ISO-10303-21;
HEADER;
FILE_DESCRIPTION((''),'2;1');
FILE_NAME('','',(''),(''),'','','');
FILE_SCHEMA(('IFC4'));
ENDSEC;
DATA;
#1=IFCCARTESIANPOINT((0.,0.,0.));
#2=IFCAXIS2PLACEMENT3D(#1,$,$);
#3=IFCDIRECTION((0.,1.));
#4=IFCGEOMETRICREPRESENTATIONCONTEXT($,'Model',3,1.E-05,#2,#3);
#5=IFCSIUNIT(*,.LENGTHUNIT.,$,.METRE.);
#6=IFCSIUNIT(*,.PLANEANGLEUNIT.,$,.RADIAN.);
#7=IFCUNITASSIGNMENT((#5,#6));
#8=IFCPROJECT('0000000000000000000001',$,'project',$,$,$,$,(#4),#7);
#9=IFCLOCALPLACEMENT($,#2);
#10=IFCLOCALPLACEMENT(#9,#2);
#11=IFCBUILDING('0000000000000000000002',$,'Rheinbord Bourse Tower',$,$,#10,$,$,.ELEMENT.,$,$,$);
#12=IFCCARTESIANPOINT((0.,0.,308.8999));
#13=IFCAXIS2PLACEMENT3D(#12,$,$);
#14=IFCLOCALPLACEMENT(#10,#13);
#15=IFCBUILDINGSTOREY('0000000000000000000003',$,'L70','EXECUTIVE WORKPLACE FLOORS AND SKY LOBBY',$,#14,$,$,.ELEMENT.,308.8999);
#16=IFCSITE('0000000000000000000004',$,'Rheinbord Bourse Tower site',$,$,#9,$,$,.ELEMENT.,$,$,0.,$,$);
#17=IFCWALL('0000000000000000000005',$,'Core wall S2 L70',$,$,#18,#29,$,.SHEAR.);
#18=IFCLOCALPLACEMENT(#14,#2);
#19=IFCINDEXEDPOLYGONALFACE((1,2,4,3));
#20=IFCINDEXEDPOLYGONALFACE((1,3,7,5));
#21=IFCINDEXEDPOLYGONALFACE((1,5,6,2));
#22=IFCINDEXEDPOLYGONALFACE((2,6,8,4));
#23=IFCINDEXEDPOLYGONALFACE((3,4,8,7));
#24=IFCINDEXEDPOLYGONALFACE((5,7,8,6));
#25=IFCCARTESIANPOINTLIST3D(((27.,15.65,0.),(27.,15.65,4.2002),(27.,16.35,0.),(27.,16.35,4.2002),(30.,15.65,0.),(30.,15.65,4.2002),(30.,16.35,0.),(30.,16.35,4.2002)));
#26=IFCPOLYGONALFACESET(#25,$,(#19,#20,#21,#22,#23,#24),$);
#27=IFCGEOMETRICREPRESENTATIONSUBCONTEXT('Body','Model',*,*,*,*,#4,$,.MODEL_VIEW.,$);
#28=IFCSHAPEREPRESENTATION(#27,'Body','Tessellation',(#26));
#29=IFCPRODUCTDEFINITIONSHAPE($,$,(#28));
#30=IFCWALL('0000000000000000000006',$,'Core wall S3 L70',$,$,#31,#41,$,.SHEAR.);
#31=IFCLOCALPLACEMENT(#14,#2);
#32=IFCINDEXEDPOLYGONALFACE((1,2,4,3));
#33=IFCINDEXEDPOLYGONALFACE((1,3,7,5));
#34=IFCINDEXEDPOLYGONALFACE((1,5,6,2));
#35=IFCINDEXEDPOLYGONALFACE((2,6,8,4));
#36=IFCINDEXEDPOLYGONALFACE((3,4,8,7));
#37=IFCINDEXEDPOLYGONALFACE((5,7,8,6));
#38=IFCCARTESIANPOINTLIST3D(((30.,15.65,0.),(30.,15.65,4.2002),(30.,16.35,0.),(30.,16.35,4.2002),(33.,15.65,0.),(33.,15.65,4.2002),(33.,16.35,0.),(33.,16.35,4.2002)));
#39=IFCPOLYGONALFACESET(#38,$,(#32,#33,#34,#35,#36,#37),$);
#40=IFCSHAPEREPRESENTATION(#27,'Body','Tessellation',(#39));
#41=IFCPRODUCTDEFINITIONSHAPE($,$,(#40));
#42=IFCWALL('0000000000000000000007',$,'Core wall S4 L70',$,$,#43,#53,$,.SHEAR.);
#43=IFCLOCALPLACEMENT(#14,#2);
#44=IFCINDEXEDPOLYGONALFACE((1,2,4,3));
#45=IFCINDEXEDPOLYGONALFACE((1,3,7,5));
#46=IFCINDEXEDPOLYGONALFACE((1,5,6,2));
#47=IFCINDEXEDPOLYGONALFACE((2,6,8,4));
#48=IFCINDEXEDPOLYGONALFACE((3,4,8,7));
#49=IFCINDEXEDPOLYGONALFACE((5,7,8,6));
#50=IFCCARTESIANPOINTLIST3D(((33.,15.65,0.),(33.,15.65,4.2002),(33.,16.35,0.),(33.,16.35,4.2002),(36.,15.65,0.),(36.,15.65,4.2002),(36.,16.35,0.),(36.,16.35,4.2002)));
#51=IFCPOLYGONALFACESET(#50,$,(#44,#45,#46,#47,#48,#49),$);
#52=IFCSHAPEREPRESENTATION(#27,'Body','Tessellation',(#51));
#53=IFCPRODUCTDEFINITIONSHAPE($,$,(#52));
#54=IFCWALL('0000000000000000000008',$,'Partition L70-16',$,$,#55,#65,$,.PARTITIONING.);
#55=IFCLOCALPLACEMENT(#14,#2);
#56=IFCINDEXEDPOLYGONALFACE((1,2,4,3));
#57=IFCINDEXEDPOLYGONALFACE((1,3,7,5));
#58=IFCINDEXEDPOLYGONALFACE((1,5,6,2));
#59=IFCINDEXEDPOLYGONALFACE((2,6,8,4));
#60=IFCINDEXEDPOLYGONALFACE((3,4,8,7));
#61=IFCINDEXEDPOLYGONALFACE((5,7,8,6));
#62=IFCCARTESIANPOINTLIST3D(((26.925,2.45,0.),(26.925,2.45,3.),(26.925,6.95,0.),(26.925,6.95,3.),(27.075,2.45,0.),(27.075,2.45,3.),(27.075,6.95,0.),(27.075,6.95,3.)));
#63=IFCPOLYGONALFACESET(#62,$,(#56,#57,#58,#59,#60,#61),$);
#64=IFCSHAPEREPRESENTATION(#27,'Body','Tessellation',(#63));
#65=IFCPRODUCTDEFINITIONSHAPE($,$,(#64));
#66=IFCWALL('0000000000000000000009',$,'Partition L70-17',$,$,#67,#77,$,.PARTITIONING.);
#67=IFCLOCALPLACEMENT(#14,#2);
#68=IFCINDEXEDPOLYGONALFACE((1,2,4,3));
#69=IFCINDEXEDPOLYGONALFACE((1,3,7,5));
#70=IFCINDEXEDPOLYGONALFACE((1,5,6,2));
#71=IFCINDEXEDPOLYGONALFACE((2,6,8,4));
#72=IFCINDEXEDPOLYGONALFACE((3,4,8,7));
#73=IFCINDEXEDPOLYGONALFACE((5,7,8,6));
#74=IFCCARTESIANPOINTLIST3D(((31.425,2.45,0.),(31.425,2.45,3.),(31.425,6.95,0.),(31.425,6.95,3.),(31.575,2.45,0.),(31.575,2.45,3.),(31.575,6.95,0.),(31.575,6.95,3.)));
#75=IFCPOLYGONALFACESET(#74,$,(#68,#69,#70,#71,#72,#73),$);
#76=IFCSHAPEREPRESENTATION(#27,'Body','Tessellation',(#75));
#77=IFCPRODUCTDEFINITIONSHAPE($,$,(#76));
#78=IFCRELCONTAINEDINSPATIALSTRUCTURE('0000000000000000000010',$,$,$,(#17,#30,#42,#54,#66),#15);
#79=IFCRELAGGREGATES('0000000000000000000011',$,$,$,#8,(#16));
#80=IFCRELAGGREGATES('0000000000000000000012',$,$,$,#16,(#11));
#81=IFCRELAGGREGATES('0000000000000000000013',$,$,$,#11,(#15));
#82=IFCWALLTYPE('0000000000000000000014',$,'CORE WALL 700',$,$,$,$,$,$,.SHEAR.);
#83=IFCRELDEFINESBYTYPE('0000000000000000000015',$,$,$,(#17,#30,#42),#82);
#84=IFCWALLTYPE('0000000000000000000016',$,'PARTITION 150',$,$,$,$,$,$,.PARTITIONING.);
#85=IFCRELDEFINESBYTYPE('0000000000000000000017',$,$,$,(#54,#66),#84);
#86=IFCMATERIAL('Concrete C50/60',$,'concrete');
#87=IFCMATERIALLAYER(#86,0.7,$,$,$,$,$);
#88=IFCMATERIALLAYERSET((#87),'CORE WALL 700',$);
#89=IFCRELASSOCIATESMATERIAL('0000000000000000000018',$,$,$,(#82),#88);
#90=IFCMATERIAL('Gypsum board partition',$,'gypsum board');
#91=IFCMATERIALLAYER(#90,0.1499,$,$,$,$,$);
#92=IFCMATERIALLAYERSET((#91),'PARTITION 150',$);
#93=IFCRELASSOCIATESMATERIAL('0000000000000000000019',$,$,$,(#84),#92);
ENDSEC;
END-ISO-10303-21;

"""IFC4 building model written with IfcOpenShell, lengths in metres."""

from ifc_helpers import new_model, si_unit, direction, frame, frame_2d, origin, place, context, subcontext, project, spatial, rectangle, extrude, material, layer, layer_set, type_object, element, save


model = new_model("IFC4")

# Units and contexts
model_context = context("Model", 3, precision=1e-05, world=origin(), true_north=direction((0.0, 1.0)))
body_context = subcontext(model_context, "Body", "Model", "MODEL_VIEW")
ifc_project = project(units=[si_unit("LENGTHUNIT", "METRE"), si_unit("PLANEANGLEUNIT", "RADIAN")], contexts=[model_context])

# Site, building, storey
site_placement = place(None, origin())
site = spatial("IfcSite", under=ifc_project, at=site_placement, Name="Rheinbord Bourse Tower site", CompositionType="ELEMENT", RefElevation=0.0)
building_placement = place(site_placement, origin())
building = spatial("IfcBuilding", under=site, at=building_placement, Name="Rheinbord Bourse Tower", CompositionType="ELEMENT")
storey_placement = place(building_placement, frame((0.0, 0.0, 308.8999)))
storey = spatial("IfcBuildingStorey", under=building, at=storey_placement, Name="L70", Description="EXECUTIVE WORKPLACE FLOORS AND SKY LOBBY", CompositionType="ELEMENT", Elevation=308.8999)

# Walls
ifc_material_1 = material(Name="Concrete C50/60", Category="concrete")
ifc_layer_1 = layer(ifc_material_1, 0.7)
ifc_layer_set_1 = layer_set([ifc_layer_1], Name="CORE WALL 700")
wall_type_1 = type_object("IfcWallType", Name="CORE WALL 700", PredefinedType="SHEAR", material=ifc_layer_set_1)
for number, where, z_axis, x_axis, name in (
    (1, (27.0, 16.0, 0.0), (0.0, 0.0, 1.0), (1.0, 0.0, 0.0), "Core wall S2 L70"),
    (2, (30.0, 16.0, 0.0), (0.0, 0.0, 1.0), (1.0, 0.0, 0.0), "Core wall S3 L70"),
    (3, (33.0, 16.0, 0.0), (0.0, 0.0, 1.0), (1.0, 0.0, 0.0), "Core wall S4 L70"),
):
    element("IfcWall", number, at=place(storey_placement, frame(where, z_axis=z_axis, x_axis=x_axis)), inside=storey, type_object=wall_type_1, Name=name, PredefinedType="SHEAR", context=body_context, shape_type="SweptSolid", body=[
        extrude(rectangle(XDim=3.0, YDim=0.7, at=frame_2d((1.5, 0.0))), origin(), (0.0, 0.0, 1.0), 4.2002),
    ])
ifc_material_2 = material(Name="Gypsum board partition", Category="gypsum board")
ifc_layer_2 = layer(ifc_material_2, 0.1499)
ifc_layer_set_2 = layer_set([ifc_layer_2], Name="PARTITION 150")
wall_type_2 = type_object("IfcWallType", Name="PARTITION 150", PredefinedType="PARTITIONING", material=ifc_layer_set_2)
for number, where, z_axis, x_axis, name in (
    (4, (27.0, 2.45, 0.0), (0.0, 0.0, 1.0), (0.0, 1.0, 0.0), "Partition L70-16"),
    (5, (31.5, 2.45, 0.0), (0.0, 0.0, 1.0), (0.0, 1.0, 0.0), "Partition L70-17"),
):
    element("IfcWall", number, at=place(storey_placement, frame(where, z_axis=z_axis, x_axis=x_axis)), inside=storey, type_object=wall_type_2, Name=name, PredefinedType="PARTITIONING", context=body_context, shape_type="SweptSolid", body=[
        extrude(rectangle(XDim=4.5, YDim=0.1499, at=frame_2d((2.25, 0.0))), origin(), (0.0, 0.0, 1.0), 3.0),
    ])

save(model, "model.ifc")
